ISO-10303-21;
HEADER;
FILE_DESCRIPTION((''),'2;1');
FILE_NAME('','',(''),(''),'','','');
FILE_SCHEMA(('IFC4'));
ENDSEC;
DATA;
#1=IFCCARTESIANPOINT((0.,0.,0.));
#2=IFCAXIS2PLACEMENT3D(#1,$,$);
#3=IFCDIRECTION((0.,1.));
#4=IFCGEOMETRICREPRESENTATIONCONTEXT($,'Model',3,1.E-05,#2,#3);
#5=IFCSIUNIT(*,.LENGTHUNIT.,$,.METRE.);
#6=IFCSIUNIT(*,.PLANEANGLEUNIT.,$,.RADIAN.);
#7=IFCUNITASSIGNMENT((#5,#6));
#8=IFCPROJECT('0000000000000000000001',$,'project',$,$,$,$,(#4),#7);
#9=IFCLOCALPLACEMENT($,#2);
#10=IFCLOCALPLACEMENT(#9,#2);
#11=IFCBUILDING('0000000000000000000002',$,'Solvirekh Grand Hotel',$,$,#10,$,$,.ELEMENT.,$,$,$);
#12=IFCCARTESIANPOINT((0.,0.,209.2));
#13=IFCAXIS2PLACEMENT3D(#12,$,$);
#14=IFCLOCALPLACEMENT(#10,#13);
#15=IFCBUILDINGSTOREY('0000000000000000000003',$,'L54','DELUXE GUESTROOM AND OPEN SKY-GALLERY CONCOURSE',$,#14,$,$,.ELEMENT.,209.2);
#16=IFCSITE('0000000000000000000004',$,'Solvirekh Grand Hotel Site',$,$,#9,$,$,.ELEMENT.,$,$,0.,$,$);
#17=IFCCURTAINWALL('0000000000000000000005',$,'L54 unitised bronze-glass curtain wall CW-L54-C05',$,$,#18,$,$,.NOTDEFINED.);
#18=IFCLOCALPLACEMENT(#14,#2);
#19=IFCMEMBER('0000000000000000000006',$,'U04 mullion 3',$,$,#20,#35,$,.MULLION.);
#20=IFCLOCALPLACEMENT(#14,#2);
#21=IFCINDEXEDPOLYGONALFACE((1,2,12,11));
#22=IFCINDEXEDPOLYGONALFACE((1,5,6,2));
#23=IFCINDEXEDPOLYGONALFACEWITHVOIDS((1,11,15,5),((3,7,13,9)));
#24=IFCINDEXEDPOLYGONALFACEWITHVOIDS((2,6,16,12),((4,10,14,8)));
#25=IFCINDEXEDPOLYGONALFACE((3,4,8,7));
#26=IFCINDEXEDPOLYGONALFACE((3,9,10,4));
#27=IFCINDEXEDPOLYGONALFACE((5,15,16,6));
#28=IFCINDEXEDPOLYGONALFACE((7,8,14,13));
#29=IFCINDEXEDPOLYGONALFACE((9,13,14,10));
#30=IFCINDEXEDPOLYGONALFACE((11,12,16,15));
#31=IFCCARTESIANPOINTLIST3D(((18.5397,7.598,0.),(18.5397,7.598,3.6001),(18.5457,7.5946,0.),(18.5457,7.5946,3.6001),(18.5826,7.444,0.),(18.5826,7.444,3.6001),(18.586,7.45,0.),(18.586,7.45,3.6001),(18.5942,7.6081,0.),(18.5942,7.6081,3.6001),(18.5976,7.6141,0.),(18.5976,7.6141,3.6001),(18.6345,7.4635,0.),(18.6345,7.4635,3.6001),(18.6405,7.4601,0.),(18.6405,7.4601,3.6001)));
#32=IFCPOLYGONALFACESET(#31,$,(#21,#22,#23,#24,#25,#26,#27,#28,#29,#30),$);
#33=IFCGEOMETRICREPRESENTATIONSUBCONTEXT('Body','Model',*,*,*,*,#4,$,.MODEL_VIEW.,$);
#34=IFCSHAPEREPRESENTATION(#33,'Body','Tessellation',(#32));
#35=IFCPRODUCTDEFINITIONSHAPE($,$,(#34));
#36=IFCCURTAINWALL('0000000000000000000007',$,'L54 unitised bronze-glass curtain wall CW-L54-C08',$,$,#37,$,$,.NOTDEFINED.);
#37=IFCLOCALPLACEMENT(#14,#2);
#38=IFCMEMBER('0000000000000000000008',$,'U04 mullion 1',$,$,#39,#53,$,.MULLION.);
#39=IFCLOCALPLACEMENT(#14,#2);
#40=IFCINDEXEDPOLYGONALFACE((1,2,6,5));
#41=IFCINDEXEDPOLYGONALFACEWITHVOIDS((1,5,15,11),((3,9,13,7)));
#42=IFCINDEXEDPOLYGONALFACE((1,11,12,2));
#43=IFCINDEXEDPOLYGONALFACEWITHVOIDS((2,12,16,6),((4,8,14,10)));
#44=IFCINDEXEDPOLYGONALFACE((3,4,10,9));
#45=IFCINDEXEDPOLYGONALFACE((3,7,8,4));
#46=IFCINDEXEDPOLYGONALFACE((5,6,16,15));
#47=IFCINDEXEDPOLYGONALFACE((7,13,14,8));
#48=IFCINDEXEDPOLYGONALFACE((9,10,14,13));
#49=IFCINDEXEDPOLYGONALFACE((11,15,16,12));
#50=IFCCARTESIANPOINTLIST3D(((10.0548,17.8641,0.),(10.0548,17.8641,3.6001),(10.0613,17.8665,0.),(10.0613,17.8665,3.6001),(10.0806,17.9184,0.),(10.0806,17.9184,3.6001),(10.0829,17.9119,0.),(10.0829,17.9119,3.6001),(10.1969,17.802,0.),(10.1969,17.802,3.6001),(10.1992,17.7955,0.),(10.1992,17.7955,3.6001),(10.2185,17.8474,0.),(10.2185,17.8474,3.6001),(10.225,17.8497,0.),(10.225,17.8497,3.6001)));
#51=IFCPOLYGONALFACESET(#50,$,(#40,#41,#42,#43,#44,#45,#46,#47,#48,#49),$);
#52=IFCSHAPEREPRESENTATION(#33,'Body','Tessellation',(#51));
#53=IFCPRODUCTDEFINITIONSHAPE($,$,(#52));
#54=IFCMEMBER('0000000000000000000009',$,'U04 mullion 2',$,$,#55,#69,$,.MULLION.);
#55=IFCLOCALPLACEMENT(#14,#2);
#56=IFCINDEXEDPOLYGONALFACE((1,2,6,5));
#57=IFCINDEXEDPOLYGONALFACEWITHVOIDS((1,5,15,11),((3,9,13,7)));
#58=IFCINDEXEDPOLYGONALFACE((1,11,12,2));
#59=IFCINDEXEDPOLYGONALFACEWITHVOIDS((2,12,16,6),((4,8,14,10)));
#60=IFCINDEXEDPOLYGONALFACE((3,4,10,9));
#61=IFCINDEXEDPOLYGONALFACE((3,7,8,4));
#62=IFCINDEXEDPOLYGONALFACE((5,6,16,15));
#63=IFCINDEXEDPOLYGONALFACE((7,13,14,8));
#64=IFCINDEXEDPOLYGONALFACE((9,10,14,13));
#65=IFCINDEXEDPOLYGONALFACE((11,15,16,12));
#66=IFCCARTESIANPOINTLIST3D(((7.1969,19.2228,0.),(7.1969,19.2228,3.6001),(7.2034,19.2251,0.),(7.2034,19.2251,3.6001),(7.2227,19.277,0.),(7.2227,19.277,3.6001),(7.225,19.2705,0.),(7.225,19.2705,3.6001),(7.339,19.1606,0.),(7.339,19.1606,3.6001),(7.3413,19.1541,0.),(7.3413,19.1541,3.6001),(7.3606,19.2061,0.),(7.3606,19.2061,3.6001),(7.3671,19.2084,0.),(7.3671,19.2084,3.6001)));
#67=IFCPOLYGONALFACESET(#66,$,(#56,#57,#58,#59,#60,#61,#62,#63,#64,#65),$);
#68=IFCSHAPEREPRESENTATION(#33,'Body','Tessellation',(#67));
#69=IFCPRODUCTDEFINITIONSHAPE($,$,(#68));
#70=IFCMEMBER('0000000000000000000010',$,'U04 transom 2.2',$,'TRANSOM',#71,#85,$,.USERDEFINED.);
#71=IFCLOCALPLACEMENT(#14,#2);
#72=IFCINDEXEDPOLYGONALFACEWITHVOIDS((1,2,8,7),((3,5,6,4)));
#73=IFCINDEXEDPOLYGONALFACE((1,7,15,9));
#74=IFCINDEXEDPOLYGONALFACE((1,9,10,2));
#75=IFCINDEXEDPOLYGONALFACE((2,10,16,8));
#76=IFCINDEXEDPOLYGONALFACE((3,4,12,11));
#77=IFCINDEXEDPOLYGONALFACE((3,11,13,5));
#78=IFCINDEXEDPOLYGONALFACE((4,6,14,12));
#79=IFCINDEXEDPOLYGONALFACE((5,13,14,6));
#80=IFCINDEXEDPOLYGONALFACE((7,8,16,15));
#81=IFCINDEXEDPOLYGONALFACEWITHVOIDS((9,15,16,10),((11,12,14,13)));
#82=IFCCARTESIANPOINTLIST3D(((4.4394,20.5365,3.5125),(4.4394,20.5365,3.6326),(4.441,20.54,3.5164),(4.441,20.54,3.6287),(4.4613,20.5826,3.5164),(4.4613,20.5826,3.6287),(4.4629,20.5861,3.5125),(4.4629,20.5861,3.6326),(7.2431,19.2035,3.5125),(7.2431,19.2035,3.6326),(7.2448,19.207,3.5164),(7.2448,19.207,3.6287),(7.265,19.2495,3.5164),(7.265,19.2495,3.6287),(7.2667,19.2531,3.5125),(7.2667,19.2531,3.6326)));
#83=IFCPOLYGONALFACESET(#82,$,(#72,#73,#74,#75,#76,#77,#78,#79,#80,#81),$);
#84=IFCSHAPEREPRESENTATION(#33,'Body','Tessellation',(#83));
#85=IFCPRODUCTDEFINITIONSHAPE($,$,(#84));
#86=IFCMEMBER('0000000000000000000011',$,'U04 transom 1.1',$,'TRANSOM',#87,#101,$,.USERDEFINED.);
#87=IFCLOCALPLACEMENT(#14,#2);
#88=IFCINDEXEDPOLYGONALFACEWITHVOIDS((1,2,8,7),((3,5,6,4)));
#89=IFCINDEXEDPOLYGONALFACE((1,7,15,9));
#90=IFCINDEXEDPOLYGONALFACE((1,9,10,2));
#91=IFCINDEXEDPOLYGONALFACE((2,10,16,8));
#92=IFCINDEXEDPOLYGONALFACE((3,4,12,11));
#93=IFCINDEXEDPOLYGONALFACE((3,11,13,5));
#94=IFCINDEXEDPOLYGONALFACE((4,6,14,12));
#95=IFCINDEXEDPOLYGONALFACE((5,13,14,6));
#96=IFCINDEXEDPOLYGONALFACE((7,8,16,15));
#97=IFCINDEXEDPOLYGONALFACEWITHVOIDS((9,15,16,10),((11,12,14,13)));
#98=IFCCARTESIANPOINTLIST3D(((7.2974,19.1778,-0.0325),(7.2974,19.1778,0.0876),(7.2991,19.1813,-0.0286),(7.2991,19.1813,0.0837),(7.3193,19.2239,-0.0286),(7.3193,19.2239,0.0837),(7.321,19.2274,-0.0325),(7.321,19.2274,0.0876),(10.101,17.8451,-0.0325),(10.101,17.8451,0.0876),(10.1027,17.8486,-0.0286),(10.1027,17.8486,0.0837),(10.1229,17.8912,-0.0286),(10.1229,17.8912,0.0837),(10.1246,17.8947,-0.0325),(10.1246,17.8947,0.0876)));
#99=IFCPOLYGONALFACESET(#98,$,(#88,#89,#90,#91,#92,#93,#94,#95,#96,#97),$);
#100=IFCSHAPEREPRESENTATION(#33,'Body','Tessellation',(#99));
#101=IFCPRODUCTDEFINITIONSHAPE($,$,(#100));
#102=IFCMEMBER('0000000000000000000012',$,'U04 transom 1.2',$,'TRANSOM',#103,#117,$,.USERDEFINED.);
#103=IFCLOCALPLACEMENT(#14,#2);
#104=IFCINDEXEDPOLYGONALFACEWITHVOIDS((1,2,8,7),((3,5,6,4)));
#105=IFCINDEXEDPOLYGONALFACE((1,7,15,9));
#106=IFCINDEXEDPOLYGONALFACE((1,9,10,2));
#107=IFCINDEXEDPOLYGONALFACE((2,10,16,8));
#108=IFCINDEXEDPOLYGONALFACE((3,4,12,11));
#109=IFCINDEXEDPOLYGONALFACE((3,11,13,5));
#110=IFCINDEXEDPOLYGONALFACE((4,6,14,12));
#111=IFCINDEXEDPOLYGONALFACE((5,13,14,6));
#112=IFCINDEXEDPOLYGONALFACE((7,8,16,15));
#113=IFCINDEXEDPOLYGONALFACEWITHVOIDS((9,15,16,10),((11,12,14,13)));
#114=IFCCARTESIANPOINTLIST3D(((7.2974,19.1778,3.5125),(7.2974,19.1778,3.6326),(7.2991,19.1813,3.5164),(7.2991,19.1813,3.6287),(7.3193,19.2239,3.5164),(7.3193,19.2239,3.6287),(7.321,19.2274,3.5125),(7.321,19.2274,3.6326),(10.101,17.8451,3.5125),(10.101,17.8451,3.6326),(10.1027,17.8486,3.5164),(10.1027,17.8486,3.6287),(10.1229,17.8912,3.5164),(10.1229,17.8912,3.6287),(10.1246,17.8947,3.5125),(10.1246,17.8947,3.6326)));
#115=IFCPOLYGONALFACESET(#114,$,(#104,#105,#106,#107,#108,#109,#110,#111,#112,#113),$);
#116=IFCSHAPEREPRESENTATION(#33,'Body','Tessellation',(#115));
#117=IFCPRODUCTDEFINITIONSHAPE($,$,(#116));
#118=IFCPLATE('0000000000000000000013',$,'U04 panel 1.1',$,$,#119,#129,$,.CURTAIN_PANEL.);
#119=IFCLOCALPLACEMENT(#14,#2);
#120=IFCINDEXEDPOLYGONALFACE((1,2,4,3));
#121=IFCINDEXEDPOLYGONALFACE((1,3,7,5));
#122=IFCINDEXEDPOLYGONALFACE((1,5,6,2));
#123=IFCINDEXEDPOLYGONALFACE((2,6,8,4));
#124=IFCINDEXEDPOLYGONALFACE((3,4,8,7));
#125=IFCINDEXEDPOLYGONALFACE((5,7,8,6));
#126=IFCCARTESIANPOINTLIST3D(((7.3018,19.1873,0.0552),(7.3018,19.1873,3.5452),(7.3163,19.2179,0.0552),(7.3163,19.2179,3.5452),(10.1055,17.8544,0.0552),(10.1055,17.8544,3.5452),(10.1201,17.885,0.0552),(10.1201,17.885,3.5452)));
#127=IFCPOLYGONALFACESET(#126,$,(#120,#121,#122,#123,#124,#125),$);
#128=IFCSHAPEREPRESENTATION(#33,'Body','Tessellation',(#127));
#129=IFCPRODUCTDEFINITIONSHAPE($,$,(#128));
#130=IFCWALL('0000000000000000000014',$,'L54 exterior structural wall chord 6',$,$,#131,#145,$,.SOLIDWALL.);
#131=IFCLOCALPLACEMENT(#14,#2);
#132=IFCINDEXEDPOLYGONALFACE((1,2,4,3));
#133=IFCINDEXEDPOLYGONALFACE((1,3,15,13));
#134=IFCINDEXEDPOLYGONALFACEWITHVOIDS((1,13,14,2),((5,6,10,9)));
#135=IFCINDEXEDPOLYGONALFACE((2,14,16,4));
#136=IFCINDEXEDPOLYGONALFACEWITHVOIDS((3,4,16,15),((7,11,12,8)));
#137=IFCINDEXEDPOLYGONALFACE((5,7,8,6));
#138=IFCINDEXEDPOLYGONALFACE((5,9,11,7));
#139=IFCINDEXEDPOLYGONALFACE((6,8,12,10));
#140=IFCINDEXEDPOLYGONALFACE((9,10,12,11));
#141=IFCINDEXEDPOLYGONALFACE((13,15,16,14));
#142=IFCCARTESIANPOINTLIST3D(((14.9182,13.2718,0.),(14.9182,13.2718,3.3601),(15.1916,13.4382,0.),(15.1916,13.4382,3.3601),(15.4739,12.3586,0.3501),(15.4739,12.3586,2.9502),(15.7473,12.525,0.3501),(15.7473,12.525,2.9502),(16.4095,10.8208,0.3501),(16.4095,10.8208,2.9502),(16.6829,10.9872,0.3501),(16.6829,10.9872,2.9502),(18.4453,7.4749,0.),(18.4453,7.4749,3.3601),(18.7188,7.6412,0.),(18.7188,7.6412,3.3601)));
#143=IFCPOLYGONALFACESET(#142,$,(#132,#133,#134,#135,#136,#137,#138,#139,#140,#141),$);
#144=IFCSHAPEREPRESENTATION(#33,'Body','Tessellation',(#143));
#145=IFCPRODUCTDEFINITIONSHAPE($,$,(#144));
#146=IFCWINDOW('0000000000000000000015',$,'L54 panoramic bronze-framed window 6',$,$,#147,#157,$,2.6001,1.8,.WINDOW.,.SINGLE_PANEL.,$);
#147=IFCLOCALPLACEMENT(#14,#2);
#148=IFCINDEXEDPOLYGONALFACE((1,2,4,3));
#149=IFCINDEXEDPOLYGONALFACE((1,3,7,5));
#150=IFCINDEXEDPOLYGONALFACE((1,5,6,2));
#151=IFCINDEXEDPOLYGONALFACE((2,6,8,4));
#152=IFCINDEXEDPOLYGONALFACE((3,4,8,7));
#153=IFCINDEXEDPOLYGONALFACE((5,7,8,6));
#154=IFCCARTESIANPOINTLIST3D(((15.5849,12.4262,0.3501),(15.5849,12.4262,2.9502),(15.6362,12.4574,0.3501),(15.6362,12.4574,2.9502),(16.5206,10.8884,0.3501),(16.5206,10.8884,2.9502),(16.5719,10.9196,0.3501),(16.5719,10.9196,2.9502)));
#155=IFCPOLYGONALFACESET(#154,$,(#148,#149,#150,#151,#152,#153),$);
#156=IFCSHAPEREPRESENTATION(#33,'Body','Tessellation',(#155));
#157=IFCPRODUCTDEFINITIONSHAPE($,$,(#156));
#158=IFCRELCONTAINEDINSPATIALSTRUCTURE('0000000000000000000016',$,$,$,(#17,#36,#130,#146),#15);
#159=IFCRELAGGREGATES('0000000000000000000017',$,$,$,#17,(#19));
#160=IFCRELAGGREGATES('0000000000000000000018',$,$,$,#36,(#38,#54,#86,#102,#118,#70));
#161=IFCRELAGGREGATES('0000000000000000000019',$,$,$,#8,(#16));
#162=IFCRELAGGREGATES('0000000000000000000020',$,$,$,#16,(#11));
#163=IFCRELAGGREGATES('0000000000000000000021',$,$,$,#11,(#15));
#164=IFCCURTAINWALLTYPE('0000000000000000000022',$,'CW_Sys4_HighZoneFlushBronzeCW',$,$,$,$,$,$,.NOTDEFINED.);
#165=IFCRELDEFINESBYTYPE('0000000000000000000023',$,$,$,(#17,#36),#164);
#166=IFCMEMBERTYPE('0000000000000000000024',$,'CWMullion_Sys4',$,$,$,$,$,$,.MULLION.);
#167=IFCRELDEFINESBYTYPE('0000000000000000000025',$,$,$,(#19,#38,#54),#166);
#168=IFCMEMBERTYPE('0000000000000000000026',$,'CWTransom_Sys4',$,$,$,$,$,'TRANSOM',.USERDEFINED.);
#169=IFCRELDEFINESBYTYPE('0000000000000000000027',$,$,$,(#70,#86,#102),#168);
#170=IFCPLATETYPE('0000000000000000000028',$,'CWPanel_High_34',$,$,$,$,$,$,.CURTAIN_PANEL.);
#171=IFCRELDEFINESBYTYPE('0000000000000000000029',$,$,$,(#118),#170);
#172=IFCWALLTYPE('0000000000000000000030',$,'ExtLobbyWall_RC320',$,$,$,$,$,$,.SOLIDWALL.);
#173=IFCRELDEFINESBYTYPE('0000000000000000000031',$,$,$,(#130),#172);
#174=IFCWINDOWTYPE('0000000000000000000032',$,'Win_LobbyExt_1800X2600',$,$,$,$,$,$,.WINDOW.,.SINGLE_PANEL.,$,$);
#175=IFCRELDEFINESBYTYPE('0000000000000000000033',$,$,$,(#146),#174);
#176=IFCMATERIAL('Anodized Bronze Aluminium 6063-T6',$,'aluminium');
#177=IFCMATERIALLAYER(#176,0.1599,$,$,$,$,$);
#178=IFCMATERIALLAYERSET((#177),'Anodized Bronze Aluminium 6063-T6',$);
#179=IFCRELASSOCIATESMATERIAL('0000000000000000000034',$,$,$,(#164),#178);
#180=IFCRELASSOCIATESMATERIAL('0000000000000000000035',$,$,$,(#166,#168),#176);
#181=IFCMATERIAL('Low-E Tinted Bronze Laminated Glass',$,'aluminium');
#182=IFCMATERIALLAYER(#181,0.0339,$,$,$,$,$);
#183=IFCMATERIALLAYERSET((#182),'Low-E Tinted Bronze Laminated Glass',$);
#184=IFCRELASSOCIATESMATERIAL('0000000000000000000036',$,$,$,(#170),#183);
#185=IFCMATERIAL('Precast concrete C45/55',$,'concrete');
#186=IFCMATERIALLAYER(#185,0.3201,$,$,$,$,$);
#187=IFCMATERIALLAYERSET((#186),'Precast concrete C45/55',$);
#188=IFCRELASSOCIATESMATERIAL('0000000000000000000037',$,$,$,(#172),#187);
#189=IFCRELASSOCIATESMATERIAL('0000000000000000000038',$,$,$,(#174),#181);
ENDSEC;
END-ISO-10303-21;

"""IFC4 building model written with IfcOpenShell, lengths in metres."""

from ifc_helpers import new_model, si_unit, direction, frame, frame_2d, origin, origin_2d, place, context, subcontext, project, spatial, rectangle, hollow_rectangle, extrude, source, transform, mapped, material, layer, layer_set, material_profile, profile_set, type_object, element, fill, aggregate, save


model = new_model("IFC4")

# Units and contexts
model_context = context("Model", 3, precision=1e-05, world=origin(), true_north=direction((0.0, 1.0)))
body_context = subcontext(model_context, "Body", "Model", "MODEL_VIEW")
ifc_project = project(units=[si_unit("LENGTHUNIT", "METRE"), si_unit("PLANEANGLEUNIT", "RADIAN")], contexts=[model_context])

# Site, building, storey
site_placement = place(None, origin())
site = spatial("IfcSite", under=ifc_project, at=site_placement, Name="Solvirekh Grand Hotel Site", CompositionType="ELEMENT", RefElevation=0.0)
building_placement = place(site_placement, origin())
building = spatial("IfcBuilding", under=site, at=building_placement, Name="Solvirekh Grand Hotel", CompositionType="ELEMENT")
storey_placement = place(building_placement, frame((0.0, 0.0, 209.2)))
storey = spatial("IfcBuildingStorey", under=building, at=storey_placement, Name="L54", Description="DELUXE GUESTROOM AND OPEN SKY-GALLERY CONCOURSE", CompositionType="ELEMENT", Elevation=209.2)

# Curtain wall, member
ifc_material_1 = material(Name="Anodized Bronze Aluminium 6063-T6", Category="aluminium")
ifc_layer_1 = layer(ifc_material_1, 0.1599)
ifc_layer_set_1 = layer_set([ifc_layer_1], Name="Anodized Bronze Aluminium 6063-T6")
curtain_wall_type = type_object("IfcCurtainWallType", Name="CW_Sys4_HighZoneFlushBronzeCW", PredefinedType="NOTDEFINED", material=ifc_layer_set_1)
curtain_wall_1_placement = place(storey_placement, origin())
curtain_wall_1 = element("IfcCurtainWall", 1, at=curtain_wall_1_placement, inside=storey, type_object=curtain_wall_type, Name="L54 unitised bronze-glass curtain wall CW-L54-C05", PredefinedType="NOTDEFINED")
ifc_material_profile_1 = material_profile(ifc_material_1, hollow_rectangle(XDim=0.0601, YDim=0.1599, WallThickness=0.0049, at=origin_2d()), Name="ALU RHS 160X60X5")
ifc_profile_set_1 = profile_set([ifc_material_profile_1], Name="Anodized Bronze Aluminium 6063-T6")
member_type_1 = type_object("IfcMemberType", Name="CWMullion_Sys4", PredefinedType="MULLION", material=ifc_profile_set_1)
shared_shape_1 = source(origin(), body_context, "Body", "SweptSolid", [
    extrude(hollow_rectangle(XDim=0.0601, YDim=0.1599, WallThickness=0.0049, at=origin_2d()), origin(), (0.0, 0.0, 1.0), 3.6001),
])
member_1_placement = place(storey_placement, frame((18.5901, 7.5291, 0.0), z_axis=(0.0, 0.0, 1.0), x_axis=(-0.963349, -0.268252, 0.0)))
member_1 = element("IfcMember", 2, at=member_1_placement, type_object=member_type_1, Name="U04 mullion 3", PredefinedType="MULLION", context=body_context, shape_type="MappedRepresentation", body=[
    mapped(shared_shape_1, transform((0.0, 0.0, 0.0), x_axis=(1.0, 0.0, 0.0), y_axis=(0.0, 1.0, 0.0), z_axis=(0.0, 0.0, 1.0), scale=1.0)),
])
aggregate(curtain_wall_1, [member_1])

# Curtain wall, members, plate
curtain_wall_2_placement = place(storey_placement, origin())
curtain_wall_2 = element("IfcCurtainWall", 3, at=curtain_wall_2_placement, inside=storey, type_object=curtain_wall_type, Name="L54 unitised bronze-glass curtain wall CW-L54-C08", PredefinedType="NOTDEFINED")
member_2_placement = place(storey_placement, frame((10.1399, 17.8569, 0.0), z_axis=(0.0, 0.0, 1.0), x_axis=(-0.429344, -0.903141, 0.0)))
member_2 = element("IfcMember", 4, at=member_2_placement, type_object=member_type_1, Name="U04 mullion 1", PredefinedType="MULLION", context=body_context, shape_type="MappedRepresentation", body=[
    mapped(shared_shape_1, transform((0.0, 0.0, 0.0), x_axis=(1.0, 0.0, 0.0), y_axis=(0.0, 1.0, 0.0), z_axis=(0.0, 0.0, 1.0), scale=1.0)),
])
member_3_placement = place(storey_placement, frame((7.282, 19.2156, 0.0), z_axis=(0.0, 0.0, 1.0), x_axis=(-0.429344, -0.903141, 0.0)))
member_3 = element("IfcMember", 5, at=member_3_placement, type_object=member_type_1, Name="U04 mullion 2", PredefinedType="MULLION", context=body_context, shape_type="MappedRepresentation", body=[
    mapped(shared_shape_1, transform((0.0, 0.0, 0.0), x_axis=(1.0, 0.0, 0.0), y_axis=(0.0, 1.0, 0.0), z_axis=(0.0, 0.0, 1.0), scale=1.0)),
])
ifc_material_profile_2 = material_profile(ifc_material_1, hollow_rectangle(XDim=0.0549, YDim=0.1201, WallThickness=0.0039, at=origin_2d()), Name="ALU RHS 120X55X4")
ifc_profile_set_2 = profile_set([ifc_material_profile_2], Name="Anodized Bronze Aluminium 6063-T6")
member_type_2 = type_object("IfcMemberType", Name="CWTransom_Sys4", ElementType="TRANSOM", PredefinedType="USERDEFINED", material=ifc_profile_set_2)
shared_shape_2 = source(origin(), body_context, "Body", "SweptSolid", [
    extrude(hollow_rectangle(XDim=0.0549, YDim=0.1201, WallThickness=0.0039, at=origin_2d()), origin(), (0.0, 0.0, 1.0), 3.1045),
])
member_4_placement = place(storey_placement, frame((7.2549, 19.2283, 3.5725), z_axis=(-0.903122, 0.429384, 0.0), x_axis=(-0.429384, -0.903122, 0.0)))
member_4 = element("IfcMember", 6, at=member_4_placement, type_object=member_type_2, Name="U04 transom 2.2", ObjectType="TRANSOM", PredefinedType="USERDEFINED", context=body_context, shape_type="MappedRepresentation", body=[
    mapped(shared_shape_2, transform((0.0, 0.0, 0.0), x_axis=(1.0, 0.0, 0.0), y_axis=(0.0, 1.0, 0.0), z_axis=(0.0, 0.0, 1.0), scale=1.0)),
])
shared_shape_3 = source(origin(), body_context, "Body", "SweptSolid", [
    extrude(hollow_rectangle(XDim=0.0549, YDim=0.1201, WallThickness=0.0039, at=origin_2d()), origin(), (0.0, 0.0, 1.0), 3.1042),
])
member_5_placement = place(storey_placement, frame((10.1128, 17.8699, 0.0276), z_axis=(-0.903153, 0.42932, 0.0), x_axis=(-0.42932, -0.903153, 0.0)))
member_5 = element("IfcMember", 7, at=member_5_placement, type_object=member_type_2, Name="U04 transom 1.1", ObjectType="TRANSOM", PredefinedType="USERDEFINED", context=body_context, shape_type="MappedRepresentation", body=[
    mapped(shared_shape_3, transform((0.0, 0.0, 0.0), x_axis=(1.0, 0.0, 0.0), y_axis=(0.0, 1.0, 0.0), z_axis=(0.0, 0.0, 1.0), scale=1.0)),
])
member_6_placement = place(storey_placement, frame((10.1128, 17.8699, 3.5725), z_axis=(-0.903153, 0.42932, 0.0), x_axis=(-0.42932, -0.903153, 0.0)))
member_6 = element("IfcMember", 8, at=member_6_placement, type_object=member_type_2, Name="U04 transom 1.2", ObjectType="TRANSOM", PredefinedType="USERDEFINED", context=body_context, shape_type="MappedRepresentation", body=[
    mapped(shared_shape_3, transform((0.0, 0.0, 0.0), x_axis=(1.0, 0.0, 0.0), y_axis=(0.0, 1.0, 0.0), z_axis=(0.0, 0.0, 1.0), scale=1.0)),
])
ifc_material_2 = material(Name="Low-E Tinted Bronze Laminated Glass", Category="aluminium")
ifc_layer_2 = layer(ifc_material_2, 0.0339)
ifc_layer_set_2 = layer_set([ifc_layer_2], Name="Low-E Tinted Bronze Laminated Glass")
plate_type = type_object("IfcPlateType", Name="CWPanel_High_34", PredefinedType="CURTAIN_PANEL", material=ifc_layer_set_2)
shared_shape_4 = source(origin(), body_context, "Body", "SweptSolid", [
    extrude(rectangle(XDim=3.1045, YDim=0.0339, at=origin_2d()), origin(), (0.0, 0.0, 1.0), 3.49),
])
plate_placement = place(storey_placement, frame((8.7109, 18.5361, 0.0552), z_axis=(0.0, 0.0, 1.0), x_axis=(-0.903141, 0.429344, 0.0)))
plate = element("IfcPlate", 9, at=plate_placement, type_object=plate_type, Name="U04 panel 1.1", PredefinedType="CURTAIN_PANEL", context=body_context, shape_type="MappedRepresentation", body=[
    mapped(shared_shape_4, transform((0.0, 0.0, 0.0), x_axis=(1.0, 0.0, 0.0), y_axis=(0.0, 1.0, 0.0), z_axis=(0.0, 0.0, 1.0), scale=1.0)),
])
aggregate(curtain_wall_2, [member_2, member_3, member_5, member_6, plate, member_4])

# Wall, opening, window
ifc_material_3 = material(Name="Precast concrete C45/55", Category="concrete")
ifc_layer_3 = layer(ifc_material_3, 0.3201)
ifc_layer_set_3 = layer_set([ifc_layer_3], Name="Precast concrete C45/55")
wall_type_1 = type_object("IfcWallType", Name="ExtLobbyWall_RC320", PredefinedType="SOLIDWALL", material=ifc_layer_set_3)
wall_1_placement = place(storey_placement, frame((15.0549, 13.355, 0.0), z_axis=(0.0, 0.0, 1.0), x_axis=(0.519793, -0.854292, 0.0)))
wall_1 = element("IfcWall", 10, at=wall_1_placement, inside=storey, type_object=wall_type_1, Name="L54 exterior structural wall chord 6", PredefinedType="SOLIDWALL", context=body_context, shape_type="SweptSolid", body=[
    extrude(rectangle(XDim=6.7856, YDim=0.3201, at=frame_2d((3.3928, 0.0))), origin(), (0.0, 0.0, 1.0), 3.3601),
])
opening_1_placement = place(wall_1_placement, frame((1.0691, 0.0, 0.3501)))
opening_1 = element("IfcOpeningElement", 11, at=opening_1_placement, cuts=wall_1, PredefinedType="OPENING", context=body_context, shape_type="SweptSolid", body=[
    extrude(rectangle(XDim=1.8, YDim=2.6001, at=frame_2d((0.8999, 1.3))), frame((0.0, 0.1699, 0.0), z_axis=(0.0, -1.0, 0.0), x_axis=(1.0, 0.0, 0.0)), (0.0, 0.0, 1.0), 0.3401),
])
window_type = type_object("IfcWindowType", Name="Win_LobbyExt_1800X2600", PartitioningType="SINGLE_PANEL", PredefinedType="WINDOW", material=ifc_material_2)
window_1_placement = place(opening_1_placement, origin())
window_1 = element("IfcWindow", 12, at=window_1_placement, inside=storey, type_object=window_type, Name="L54 panoramic bronze-framed window 6", OverallHeight=2.6001, OverallWidth=1.8, PartitioningType="SINGLE_PANEL", PredefinedType="WINDOW", context=body_context, shape_type="SweptSolid", body=[
    extrude(rectangle(XDim=1.8, YDim=2.6001, at=frame_2d((0.8999, 1.3))), frame((0.0, 0.03, 0.0), z_axis=(0.0, -1.0, 0.0), x_axis=(1.0, 0.0, 0.0)), (0.0, 0.0, 1.0), 0.0601),
])
fill(opening_1, window_1)

save(model, "model.ifc")
